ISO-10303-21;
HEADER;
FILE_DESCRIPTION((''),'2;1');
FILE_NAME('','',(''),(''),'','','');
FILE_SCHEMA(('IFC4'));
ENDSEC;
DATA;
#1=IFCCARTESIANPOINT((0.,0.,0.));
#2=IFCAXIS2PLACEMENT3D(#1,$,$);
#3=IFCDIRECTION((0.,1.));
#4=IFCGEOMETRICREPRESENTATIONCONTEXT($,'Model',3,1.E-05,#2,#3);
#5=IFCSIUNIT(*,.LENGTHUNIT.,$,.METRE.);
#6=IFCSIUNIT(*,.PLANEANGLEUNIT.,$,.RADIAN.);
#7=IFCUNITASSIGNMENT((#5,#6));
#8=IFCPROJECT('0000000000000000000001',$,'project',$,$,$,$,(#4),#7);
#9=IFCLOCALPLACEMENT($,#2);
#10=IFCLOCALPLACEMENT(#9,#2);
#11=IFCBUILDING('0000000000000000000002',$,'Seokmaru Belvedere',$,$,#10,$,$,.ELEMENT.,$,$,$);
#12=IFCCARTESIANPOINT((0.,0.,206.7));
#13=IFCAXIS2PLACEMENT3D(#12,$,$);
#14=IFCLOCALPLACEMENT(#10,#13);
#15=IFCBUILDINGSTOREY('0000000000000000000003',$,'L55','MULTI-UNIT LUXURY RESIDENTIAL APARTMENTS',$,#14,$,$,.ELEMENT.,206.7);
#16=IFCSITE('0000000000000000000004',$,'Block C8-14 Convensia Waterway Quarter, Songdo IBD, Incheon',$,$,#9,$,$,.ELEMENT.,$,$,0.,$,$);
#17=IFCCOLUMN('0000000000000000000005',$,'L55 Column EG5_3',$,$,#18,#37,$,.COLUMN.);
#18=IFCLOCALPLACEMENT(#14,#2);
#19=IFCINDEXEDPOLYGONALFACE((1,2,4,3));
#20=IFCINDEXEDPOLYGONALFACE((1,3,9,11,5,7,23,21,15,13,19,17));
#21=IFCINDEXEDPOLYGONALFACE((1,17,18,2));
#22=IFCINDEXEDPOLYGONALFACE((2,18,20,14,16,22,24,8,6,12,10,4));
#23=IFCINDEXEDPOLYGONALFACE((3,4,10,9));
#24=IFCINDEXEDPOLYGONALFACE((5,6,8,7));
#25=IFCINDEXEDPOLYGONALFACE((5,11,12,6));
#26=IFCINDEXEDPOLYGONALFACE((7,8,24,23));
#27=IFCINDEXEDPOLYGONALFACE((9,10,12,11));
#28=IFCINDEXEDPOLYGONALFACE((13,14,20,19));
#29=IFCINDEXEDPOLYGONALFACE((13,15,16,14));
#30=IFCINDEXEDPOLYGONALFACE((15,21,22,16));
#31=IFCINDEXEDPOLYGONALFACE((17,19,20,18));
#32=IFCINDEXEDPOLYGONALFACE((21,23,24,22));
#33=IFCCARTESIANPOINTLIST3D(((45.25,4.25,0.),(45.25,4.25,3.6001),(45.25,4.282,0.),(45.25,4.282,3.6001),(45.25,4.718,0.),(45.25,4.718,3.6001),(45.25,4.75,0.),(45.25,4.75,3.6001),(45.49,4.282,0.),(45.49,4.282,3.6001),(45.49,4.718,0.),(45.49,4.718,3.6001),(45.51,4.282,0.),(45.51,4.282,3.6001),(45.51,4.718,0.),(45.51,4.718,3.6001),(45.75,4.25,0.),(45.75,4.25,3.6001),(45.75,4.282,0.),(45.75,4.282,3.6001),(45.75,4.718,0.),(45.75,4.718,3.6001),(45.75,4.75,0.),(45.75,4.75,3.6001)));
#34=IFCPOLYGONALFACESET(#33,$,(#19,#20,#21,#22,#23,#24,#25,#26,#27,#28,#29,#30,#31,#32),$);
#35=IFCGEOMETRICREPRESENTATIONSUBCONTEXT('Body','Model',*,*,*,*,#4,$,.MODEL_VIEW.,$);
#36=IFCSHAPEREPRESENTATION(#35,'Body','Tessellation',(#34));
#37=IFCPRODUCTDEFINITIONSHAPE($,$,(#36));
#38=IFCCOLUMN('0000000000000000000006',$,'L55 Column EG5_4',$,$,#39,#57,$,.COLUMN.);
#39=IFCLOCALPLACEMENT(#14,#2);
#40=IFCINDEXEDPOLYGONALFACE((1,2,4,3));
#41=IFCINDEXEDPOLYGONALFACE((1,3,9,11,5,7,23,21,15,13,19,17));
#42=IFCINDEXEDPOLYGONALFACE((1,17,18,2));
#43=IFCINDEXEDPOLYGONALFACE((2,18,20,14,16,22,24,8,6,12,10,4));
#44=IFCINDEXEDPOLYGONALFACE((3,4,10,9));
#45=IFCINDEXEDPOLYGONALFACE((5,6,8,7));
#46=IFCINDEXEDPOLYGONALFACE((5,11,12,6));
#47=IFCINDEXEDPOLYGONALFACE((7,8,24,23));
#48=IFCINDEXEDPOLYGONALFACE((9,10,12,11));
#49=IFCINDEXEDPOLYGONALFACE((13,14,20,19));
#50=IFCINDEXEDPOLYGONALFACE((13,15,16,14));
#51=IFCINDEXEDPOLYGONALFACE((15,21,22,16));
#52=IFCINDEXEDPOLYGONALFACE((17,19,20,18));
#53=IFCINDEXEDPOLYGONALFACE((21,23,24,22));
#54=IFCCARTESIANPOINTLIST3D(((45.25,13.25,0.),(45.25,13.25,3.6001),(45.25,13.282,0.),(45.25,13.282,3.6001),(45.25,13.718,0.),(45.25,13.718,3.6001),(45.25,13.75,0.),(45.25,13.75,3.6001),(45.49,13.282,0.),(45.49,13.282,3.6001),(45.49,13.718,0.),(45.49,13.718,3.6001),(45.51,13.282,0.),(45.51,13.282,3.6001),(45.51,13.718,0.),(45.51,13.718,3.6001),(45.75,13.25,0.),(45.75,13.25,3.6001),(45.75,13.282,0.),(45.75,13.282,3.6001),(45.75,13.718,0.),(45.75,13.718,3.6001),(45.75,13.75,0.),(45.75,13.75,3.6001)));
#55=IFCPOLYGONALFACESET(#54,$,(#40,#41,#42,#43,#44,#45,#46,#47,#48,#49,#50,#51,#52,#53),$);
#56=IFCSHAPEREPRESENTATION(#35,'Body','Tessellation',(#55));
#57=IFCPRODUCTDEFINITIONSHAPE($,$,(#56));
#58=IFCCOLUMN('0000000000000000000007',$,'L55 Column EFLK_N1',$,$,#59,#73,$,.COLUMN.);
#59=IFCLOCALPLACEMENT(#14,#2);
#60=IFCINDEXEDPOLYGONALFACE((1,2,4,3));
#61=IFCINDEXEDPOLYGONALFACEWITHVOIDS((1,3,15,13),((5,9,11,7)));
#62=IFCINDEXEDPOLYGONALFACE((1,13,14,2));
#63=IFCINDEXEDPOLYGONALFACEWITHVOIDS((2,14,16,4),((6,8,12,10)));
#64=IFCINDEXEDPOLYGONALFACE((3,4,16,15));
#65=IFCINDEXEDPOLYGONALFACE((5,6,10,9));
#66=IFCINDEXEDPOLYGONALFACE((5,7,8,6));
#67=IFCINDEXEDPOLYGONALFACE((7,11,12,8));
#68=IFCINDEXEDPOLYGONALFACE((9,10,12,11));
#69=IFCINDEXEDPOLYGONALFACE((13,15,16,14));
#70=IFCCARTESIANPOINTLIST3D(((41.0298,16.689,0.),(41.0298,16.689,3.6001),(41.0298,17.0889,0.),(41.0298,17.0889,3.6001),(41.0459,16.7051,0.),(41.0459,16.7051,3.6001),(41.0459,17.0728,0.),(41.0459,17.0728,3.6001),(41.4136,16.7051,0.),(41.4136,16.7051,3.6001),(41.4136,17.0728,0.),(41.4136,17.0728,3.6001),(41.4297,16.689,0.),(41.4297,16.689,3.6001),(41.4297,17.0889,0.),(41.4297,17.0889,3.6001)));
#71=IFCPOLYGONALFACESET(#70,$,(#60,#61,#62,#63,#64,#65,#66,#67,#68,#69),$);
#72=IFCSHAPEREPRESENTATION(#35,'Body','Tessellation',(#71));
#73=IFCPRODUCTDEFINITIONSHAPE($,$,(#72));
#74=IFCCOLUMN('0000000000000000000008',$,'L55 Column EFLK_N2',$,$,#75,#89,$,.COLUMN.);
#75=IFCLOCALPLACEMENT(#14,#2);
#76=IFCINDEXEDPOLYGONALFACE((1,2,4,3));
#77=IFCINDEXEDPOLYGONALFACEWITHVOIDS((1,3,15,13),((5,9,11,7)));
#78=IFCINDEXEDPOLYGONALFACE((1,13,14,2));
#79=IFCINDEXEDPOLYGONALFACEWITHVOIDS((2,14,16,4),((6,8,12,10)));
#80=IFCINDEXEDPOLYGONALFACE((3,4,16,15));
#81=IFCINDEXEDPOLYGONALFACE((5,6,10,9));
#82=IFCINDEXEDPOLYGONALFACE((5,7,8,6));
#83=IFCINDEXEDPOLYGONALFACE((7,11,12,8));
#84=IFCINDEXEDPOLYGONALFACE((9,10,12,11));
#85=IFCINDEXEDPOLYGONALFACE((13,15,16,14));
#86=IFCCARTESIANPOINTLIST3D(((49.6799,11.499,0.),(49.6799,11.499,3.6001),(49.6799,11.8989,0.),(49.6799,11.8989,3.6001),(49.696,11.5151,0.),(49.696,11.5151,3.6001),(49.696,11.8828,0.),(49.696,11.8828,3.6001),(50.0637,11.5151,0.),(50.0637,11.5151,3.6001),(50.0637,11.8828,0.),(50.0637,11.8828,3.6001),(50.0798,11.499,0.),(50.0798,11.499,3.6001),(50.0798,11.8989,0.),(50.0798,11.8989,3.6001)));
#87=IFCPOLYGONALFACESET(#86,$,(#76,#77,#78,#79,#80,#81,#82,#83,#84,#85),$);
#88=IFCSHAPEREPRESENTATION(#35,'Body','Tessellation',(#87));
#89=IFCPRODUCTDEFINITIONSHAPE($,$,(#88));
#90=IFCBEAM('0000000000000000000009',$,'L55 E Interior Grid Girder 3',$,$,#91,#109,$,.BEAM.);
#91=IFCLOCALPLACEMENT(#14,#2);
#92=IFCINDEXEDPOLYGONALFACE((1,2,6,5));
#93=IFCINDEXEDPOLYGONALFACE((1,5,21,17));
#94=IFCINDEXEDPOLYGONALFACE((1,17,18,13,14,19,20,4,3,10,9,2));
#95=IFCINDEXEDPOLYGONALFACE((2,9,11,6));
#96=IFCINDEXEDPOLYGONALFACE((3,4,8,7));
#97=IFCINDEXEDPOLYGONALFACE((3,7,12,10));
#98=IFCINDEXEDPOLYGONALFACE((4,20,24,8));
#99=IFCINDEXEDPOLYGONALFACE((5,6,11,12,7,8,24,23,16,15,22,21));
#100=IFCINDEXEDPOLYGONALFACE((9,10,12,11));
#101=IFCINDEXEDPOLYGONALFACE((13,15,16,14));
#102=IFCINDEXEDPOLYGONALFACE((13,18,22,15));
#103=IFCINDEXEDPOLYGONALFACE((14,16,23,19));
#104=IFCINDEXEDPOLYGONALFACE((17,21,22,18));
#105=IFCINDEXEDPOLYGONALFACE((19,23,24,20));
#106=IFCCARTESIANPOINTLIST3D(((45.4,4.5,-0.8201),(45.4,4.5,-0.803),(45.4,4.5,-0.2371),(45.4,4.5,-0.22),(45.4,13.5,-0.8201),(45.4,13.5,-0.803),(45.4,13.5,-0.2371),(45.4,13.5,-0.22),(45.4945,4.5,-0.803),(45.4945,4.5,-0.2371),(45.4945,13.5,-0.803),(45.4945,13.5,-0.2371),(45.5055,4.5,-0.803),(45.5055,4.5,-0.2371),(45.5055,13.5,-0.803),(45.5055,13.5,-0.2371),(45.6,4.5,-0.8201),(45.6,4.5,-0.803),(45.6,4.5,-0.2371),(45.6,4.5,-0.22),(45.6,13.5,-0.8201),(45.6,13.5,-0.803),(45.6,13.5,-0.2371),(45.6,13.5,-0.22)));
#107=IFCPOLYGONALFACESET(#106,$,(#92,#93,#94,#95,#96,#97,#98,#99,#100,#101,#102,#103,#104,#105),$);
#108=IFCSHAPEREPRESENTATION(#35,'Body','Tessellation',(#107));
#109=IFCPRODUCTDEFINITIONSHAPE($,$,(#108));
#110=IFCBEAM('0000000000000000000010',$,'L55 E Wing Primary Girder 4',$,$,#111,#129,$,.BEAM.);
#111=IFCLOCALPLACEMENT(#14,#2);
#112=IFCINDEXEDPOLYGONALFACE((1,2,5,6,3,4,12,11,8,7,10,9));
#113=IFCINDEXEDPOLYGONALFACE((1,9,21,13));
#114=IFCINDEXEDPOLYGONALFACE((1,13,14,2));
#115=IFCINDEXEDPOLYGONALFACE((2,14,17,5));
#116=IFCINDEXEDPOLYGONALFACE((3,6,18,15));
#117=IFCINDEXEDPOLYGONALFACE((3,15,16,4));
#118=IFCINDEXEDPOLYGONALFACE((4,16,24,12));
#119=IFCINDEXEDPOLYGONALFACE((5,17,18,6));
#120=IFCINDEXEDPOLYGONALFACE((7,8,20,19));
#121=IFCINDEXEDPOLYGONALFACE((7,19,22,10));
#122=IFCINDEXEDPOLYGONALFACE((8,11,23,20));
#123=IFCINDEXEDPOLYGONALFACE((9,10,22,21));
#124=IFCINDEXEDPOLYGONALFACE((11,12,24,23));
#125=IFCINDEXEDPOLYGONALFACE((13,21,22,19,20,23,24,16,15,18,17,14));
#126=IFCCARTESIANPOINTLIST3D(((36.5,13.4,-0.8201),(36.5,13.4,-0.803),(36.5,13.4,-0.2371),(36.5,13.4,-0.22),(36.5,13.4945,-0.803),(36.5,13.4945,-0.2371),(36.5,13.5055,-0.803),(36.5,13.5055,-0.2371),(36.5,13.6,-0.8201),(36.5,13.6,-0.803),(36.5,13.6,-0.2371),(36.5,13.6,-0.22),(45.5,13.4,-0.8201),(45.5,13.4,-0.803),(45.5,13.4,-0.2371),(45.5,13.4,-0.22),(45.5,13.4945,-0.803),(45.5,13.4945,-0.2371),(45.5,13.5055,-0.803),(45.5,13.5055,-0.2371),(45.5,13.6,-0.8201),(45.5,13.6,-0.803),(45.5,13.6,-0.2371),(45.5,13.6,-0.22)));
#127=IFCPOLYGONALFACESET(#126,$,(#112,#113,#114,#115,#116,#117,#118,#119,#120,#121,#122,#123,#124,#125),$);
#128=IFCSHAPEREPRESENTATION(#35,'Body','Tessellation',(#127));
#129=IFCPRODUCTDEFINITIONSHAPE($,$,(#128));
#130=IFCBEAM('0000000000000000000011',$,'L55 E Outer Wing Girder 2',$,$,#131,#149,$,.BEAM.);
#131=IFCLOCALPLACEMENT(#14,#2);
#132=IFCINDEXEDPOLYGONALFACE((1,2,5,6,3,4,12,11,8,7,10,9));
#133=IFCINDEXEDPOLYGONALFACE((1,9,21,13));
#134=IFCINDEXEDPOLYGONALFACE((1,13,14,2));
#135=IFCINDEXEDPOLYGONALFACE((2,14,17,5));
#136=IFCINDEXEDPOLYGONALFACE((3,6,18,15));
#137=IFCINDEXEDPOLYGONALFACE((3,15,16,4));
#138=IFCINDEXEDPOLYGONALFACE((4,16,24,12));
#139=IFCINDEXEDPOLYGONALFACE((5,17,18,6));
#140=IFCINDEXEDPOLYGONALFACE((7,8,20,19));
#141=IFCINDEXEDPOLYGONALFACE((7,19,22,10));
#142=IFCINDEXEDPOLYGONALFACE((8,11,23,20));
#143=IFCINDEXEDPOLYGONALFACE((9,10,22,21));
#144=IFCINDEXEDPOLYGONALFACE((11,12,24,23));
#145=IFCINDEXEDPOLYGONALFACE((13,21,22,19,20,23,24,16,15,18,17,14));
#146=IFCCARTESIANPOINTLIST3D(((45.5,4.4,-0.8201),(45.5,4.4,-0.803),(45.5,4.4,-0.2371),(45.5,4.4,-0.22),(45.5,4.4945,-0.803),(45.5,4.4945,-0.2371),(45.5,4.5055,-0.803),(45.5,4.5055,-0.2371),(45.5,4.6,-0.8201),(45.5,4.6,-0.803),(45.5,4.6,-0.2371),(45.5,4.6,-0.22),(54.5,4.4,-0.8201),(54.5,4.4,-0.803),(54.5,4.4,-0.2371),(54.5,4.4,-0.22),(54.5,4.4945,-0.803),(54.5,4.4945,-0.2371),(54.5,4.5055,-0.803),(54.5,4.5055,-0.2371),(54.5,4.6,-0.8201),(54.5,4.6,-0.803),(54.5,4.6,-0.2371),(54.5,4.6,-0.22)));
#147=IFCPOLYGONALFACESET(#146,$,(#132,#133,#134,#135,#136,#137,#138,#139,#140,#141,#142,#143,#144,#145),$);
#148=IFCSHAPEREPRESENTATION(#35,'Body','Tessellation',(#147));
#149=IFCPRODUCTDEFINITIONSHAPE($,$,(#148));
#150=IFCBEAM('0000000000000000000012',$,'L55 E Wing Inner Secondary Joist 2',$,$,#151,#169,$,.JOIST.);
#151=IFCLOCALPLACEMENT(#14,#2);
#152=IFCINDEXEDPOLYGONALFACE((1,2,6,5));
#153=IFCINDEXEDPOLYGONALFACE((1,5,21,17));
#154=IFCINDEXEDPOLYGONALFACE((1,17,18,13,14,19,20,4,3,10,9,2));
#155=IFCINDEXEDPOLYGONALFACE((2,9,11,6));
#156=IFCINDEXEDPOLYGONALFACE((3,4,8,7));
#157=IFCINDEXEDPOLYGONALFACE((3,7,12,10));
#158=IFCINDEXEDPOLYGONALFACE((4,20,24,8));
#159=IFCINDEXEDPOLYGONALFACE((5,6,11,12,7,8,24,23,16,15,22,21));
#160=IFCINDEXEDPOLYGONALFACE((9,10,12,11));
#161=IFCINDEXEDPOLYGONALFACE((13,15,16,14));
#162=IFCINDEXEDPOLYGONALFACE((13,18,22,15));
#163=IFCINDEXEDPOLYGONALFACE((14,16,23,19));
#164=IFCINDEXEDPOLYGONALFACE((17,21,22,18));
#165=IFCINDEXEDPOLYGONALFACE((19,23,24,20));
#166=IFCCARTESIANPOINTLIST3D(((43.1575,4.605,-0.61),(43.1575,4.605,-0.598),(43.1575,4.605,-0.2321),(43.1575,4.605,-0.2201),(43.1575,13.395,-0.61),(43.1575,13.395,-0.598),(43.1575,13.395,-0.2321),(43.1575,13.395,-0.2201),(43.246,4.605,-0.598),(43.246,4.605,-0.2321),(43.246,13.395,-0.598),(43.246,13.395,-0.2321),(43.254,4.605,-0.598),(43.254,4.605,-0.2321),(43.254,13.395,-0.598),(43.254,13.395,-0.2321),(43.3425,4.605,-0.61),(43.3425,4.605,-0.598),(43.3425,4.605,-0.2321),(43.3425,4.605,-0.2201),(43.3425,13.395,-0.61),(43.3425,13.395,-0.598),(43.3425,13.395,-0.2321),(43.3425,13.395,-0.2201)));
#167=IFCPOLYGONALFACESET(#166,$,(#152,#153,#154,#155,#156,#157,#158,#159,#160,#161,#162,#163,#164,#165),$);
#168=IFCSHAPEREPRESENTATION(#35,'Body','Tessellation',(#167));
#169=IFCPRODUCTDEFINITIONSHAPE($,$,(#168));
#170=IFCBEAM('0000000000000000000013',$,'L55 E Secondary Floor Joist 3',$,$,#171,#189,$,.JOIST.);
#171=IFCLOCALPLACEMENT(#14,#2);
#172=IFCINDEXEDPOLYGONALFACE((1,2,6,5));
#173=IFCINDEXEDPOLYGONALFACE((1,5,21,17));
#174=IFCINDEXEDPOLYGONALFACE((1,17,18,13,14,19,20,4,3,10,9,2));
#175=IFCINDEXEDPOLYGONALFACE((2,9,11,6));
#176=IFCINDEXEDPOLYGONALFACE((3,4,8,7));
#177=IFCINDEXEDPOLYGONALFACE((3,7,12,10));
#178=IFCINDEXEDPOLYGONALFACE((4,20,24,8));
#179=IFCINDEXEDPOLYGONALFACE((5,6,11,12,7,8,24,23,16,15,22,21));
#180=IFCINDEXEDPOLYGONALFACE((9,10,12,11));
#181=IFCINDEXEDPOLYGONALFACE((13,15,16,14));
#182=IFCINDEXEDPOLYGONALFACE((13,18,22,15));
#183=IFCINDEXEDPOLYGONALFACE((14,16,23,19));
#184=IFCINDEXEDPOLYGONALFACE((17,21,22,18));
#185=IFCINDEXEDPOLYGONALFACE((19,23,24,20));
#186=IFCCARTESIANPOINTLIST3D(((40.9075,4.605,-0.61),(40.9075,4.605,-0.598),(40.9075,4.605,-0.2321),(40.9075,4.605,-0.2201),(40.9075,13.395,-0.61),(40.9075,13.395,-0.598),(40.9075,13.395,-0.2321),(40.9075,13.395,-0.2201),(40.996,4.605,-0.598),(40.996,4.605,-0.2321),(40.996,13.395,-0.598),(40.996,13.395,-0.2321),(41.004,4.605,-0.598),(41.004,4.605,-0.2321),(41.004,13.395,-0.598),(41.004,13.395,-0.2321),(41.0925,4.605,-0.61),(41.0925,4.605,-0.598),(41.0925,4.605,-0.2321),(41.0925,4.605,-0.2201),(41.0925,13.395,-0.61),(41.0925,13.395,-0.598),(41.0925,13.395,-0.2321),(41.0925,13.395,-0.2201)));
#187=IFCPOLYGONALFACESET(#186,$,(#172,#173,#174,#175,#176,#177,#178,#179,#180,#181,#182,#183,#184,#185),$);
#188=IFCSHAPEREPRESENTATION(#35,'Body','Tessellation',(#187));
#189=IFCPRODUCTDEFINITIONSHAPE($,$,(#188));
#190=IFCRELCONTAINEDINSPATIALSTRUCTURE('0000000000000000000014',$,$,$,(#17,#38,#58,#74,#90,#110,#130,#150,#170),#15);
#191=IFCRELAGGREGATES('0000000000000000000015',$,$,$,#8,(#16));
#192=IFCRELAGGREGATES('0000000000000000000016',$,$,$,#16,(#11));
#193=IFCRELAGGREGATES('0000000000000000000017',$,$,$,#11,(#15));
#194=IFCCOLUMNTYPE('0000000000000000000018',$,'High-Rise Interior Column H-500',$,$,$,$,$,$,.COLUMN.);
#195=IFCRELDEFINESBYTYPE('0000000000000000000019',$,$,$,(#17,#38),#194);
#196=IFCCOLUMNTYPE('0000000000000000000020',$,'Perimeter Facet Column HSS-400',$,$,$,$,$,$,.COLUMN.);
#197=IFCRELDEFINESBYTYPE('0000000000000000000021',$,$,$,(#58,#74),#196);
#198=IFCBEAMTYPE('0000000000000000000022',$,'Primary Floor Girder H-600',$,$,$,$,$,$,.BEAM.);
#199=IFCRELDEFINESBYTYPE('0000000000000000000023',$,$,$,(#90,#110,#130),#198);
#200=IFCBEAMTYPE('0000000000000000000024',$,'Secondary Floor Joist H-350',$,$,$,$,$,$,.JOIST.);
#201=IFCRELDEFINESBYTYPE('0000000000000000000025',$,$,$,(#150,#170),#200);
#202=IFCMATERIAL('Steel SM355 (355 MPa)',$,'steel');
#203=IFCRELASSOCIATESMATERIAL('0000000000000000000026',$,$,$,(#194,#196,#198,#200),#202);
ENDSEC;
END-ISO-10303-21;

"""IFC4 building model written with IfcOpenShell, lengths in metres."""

from ifc_helpers import new_model, si_unit, direction, frame, origin, origin_2d, place, context, subcontext, project, spatial, hollow_rectangle, i_section, extrude, source, transform, mapped, material, material_profile, profile_set, type_object, type_shapes, element, save


model = new_model("IFC4")

# Units and contexts
model_context = context("Model", 3, precision=1e-05, world=origin(), true_north=direction((0.0, 1.0)))
body_context = subcontext(model_context, "Body", "Model", "MODEL_VIEW")
ifc_project = project(units=[si_unit("LENGTHUNIT", "METRE"), si_unit("PLANEANGLEUNIT", "RADIAN")], contexts=[model_context])

# Site, building, storey
site_placement = place(None, origin())
site = spatial("IfcSite", under=ifc_project, at=site_placement, Name="Block C8-14 Convensia Waterway Quarter, Songdo IBD, Incheon", CompositionType="ELEMENT", RefElevation=0.0)
building_placement = place(site_placement, origin())
building = spatial("IfcBuilding", under=site, at=building_placement, Name="Seokmaru Belvedere", CompositionType="ELEMENT")
storey_placement = place(building_placement, frame((0.0, 0.0, 206.7)))
storey = spatial("IfcBuildingStorey", under=building, at=storey_placement, Name="L55", Description="MULTI-UNIT LUXURY RESIDENTIAL APARTMENTS", CompositionType="ELEMENT", Elevation=206.7)

# Columns
ifc_material_1 = material(Name="Steel SM355 (355 MPa)", Category="steel")
ifc_material_profile_1 = material_profile(ifc_material_1, i_section(OverallWidth=0.5, OverallDepth=0.5, WebThickness=0.02, FlangeThickness=0.032, at=origin_2d()), Name="H-500x500x20x32")
ifc_profile_set_1 = profile_set([ifc_material_profile_1], Name="Steel SM355 (355 MPa)")
column_type_1 = type_object("IfcColumnType", Name="High-Rise Interior Column H-500", PredefinedType="COLUMN", material=ifc_profile_set_1)
shared_shape_1 = source(origin(), body_context, "Body", "SweptSolid", [
    extrude(i_section(OverallWidth=0.5, OverallDepth=0.5, WebThickness=0.02, FlangeThickness=0.032, at=origin_2d()), origin(), (0.0, 0.0, 1.0), 3.6001),
])
type_shapes(column_type_1, [shared_shape_1])
for number, where, z_axis, x_axis, name in (
    (1, (45.5, 4.5, 0.0), (0.0, 0.0, 1.0), (1.0, 0.0, 0.0), "L55 Column EG5_3"),
    (2, (45.5, 13.5, 0.0), (0.0, 0.0, 1.0), (1.0, 0.0, 0.0), "L55 Column EG5_4"),
):
    element("IfcColumn", number, at=place(storey_placement, frame(where, z_axis=z_axis, x_axis=x_axis)), inside=storey, type_object=column_type_1, Name=name, PredefinedType="COLUMN", context=body_context, shape_type="MappedRepresentation", body=[
        mapped(shared_shape_1, transform((0.0, 0.0, 0.0), scale=1.0)),
    ])
ifc_material_profile_2 = material_profile(ifc_material_1, hollow_rectangle(XDim=0.3999, YDim=0.3999, WallThickness=0.0161, at=origin_2d()), Name="HSS-400x400x16")
ifc_profile_set_2 = profile_set([ifc_material_profile_2], Name="Steel SM355 (355 MPa)")
column_type_2 = type_object("IfcColumnType", Name="Perimeter Facet Column HSS-400", PredefinedType="COLUMN", material=ifc_profile_set_2)
shared_shape_2 = source(origin(), body_context, "Body", "SweptSolid", [
    extrude(hollow_rectangle(XDim=0.3999, YDim=0.3999, WallThickness=0.0161, at=origin_2d()), origin(), (0.0, 0.0, 1.0), 3.6001),
])
type_shapes(column_type_2, [shared_shape_2])
for number, where, z_axis, x_axis, name in (
    (3, (41.2297, 16.8889, 0.0), (0.0, 0.0, 1.0), (1.0, 0.0, 0.0), "L55 Column EFLK_N1"),
    (4, (49.8799, 11.699, 0.0), (0.0, 0.0, 1.0), (1.0, 0.0, 0.0), "L55 Column EFLK_N2"),
):
    element("IfcColumn", number, at=place(storey_placement, frame(where, z_axis=z_axis, x_axis=x_axis)), inside=storey, type_object=column_type_2, Name=name, PredefinedType="COLUMN", context=body_context, shape_type="MappedRepresentation", body=[
        mapped(shared_shape_2, transform((0.0, 0.0, 0.0), scale=1.0)),
    ])

# Beams
ifc_material_profile_3 = material_profile(ifc_material_1, i_section(OverallWidth=0.2, OverallDepth=0.6001, WebThickness=0.011, FlangeThickness=0.0171, at=origin_2d()), Name="H-600x200x11x17")
ifc_profile_set_3 = profile_set([ifc_material_profile_3], Name="Steel SM355 (355 MPa)")
beam_type_1 = type_object("IfcBeamType", Name="Primary Floor Girder H-600", PredefinedType="BEAM", material=ifc_profile_set_3)
shared_shape_3 = source(origin(), body_context, "Body", "SweptSolid", [
    extrude(i_section(OverallWidth=0.2, OverallDepth=0.6001, WebThickness=0.011, FlangeThickness=0.0171, at=origin_2d()), origin(), (0.0, 0.0, 1.0), 9.0),
])
for number, where, z_axis, x_axis, name in (
    (5, (45.5, 4.5, -0.52), (0.0, 1.0, 0.0), (-1.0, 0.0, 0.0), "L55 E Interior Grid Girder 3"),
    (6, (36.5, 13.5, -0.52), (1.0, 0.0, 0.0), (0.0, 1.0, 0.0), "L55 E Wing Primary Girder 4"),
    (7, (45.5, 4.5, -0.52), (1.0, 0.0, 0.0), (0.0, 1.0, 0.0), "L55 E Outer Wing Girder 2"),
):
    element("IfcBeam", number, at=place(storey_placement, frame(where, z_axis=z_axis, x_axis=x_axis)), inside=storey, type_object=beam_type_1, Name=name, PredefinedType="BEAM", context=body_context, shape_type="MappedRepresentation", body=[
        mapped(shared_shape_3, transform((0.0, 0.0, 0.0), scale=1.0)),
    ])
ifc_material_profile_4 = material_profile(ifc_material_1, i_section(OverallWidth=0.1851, OverallDepth=0.3899, WebThickness=0.0081, FlangeThickness=0.012, at=origin_2d()), Name="H-390x185x8x12")
ifc_profile_set_4 = profile_set([ifc_material_profile_4], Name="Steel SM355 (355 MPa)")
beam_type_2 = type_object("IfcBeamType", Name="Secondary Floor Joist H-350", PredefinedType="JOIST", material=ifc_profile_set_4)
shared_shape_4 = source(origin(), body_context, "Body", "SweptSolid", [
    extrude(i_section(OverallWidth=0.1851, OverallDepth=0.3899, WebThickness=0.0081, FlangeThickness=0.012, at=origin_2d()), origin(), (0.0, 0.0, 1.0), 8.79),
])
type_shapes(beam_type_2, [shared_shape_4])
for number, where, z_axis, x_axis, name in (
    (8, (43.25, 4.605, -0.415), (0.0, 1.0, 0.0), (-1.0, 0.0, 0.0), "L55 E Wing Inner Secondary Joist 2"),
    (9, (41.0, 4.605, -0.415), (0.0, 1.0, 0.0), (-1.0, 0.0, 0.0), "L55 E Secondary Floor Joist 3"),
):
    element("IfcBeam", number, at=place(storey_placement, frame(where, z_axis=z_axis, x_axis=x_axis)), inside=storey, type_object=beam_type_2, Name=name, PredefinedType="JOIST", context=body_context, shape_type="MappedRepresentation", body=[
        mapped(shared_shape_4, transform((0.0, 0.0, 0.0), scale=1.0)),
    ])

save(model, "model.ifc")
